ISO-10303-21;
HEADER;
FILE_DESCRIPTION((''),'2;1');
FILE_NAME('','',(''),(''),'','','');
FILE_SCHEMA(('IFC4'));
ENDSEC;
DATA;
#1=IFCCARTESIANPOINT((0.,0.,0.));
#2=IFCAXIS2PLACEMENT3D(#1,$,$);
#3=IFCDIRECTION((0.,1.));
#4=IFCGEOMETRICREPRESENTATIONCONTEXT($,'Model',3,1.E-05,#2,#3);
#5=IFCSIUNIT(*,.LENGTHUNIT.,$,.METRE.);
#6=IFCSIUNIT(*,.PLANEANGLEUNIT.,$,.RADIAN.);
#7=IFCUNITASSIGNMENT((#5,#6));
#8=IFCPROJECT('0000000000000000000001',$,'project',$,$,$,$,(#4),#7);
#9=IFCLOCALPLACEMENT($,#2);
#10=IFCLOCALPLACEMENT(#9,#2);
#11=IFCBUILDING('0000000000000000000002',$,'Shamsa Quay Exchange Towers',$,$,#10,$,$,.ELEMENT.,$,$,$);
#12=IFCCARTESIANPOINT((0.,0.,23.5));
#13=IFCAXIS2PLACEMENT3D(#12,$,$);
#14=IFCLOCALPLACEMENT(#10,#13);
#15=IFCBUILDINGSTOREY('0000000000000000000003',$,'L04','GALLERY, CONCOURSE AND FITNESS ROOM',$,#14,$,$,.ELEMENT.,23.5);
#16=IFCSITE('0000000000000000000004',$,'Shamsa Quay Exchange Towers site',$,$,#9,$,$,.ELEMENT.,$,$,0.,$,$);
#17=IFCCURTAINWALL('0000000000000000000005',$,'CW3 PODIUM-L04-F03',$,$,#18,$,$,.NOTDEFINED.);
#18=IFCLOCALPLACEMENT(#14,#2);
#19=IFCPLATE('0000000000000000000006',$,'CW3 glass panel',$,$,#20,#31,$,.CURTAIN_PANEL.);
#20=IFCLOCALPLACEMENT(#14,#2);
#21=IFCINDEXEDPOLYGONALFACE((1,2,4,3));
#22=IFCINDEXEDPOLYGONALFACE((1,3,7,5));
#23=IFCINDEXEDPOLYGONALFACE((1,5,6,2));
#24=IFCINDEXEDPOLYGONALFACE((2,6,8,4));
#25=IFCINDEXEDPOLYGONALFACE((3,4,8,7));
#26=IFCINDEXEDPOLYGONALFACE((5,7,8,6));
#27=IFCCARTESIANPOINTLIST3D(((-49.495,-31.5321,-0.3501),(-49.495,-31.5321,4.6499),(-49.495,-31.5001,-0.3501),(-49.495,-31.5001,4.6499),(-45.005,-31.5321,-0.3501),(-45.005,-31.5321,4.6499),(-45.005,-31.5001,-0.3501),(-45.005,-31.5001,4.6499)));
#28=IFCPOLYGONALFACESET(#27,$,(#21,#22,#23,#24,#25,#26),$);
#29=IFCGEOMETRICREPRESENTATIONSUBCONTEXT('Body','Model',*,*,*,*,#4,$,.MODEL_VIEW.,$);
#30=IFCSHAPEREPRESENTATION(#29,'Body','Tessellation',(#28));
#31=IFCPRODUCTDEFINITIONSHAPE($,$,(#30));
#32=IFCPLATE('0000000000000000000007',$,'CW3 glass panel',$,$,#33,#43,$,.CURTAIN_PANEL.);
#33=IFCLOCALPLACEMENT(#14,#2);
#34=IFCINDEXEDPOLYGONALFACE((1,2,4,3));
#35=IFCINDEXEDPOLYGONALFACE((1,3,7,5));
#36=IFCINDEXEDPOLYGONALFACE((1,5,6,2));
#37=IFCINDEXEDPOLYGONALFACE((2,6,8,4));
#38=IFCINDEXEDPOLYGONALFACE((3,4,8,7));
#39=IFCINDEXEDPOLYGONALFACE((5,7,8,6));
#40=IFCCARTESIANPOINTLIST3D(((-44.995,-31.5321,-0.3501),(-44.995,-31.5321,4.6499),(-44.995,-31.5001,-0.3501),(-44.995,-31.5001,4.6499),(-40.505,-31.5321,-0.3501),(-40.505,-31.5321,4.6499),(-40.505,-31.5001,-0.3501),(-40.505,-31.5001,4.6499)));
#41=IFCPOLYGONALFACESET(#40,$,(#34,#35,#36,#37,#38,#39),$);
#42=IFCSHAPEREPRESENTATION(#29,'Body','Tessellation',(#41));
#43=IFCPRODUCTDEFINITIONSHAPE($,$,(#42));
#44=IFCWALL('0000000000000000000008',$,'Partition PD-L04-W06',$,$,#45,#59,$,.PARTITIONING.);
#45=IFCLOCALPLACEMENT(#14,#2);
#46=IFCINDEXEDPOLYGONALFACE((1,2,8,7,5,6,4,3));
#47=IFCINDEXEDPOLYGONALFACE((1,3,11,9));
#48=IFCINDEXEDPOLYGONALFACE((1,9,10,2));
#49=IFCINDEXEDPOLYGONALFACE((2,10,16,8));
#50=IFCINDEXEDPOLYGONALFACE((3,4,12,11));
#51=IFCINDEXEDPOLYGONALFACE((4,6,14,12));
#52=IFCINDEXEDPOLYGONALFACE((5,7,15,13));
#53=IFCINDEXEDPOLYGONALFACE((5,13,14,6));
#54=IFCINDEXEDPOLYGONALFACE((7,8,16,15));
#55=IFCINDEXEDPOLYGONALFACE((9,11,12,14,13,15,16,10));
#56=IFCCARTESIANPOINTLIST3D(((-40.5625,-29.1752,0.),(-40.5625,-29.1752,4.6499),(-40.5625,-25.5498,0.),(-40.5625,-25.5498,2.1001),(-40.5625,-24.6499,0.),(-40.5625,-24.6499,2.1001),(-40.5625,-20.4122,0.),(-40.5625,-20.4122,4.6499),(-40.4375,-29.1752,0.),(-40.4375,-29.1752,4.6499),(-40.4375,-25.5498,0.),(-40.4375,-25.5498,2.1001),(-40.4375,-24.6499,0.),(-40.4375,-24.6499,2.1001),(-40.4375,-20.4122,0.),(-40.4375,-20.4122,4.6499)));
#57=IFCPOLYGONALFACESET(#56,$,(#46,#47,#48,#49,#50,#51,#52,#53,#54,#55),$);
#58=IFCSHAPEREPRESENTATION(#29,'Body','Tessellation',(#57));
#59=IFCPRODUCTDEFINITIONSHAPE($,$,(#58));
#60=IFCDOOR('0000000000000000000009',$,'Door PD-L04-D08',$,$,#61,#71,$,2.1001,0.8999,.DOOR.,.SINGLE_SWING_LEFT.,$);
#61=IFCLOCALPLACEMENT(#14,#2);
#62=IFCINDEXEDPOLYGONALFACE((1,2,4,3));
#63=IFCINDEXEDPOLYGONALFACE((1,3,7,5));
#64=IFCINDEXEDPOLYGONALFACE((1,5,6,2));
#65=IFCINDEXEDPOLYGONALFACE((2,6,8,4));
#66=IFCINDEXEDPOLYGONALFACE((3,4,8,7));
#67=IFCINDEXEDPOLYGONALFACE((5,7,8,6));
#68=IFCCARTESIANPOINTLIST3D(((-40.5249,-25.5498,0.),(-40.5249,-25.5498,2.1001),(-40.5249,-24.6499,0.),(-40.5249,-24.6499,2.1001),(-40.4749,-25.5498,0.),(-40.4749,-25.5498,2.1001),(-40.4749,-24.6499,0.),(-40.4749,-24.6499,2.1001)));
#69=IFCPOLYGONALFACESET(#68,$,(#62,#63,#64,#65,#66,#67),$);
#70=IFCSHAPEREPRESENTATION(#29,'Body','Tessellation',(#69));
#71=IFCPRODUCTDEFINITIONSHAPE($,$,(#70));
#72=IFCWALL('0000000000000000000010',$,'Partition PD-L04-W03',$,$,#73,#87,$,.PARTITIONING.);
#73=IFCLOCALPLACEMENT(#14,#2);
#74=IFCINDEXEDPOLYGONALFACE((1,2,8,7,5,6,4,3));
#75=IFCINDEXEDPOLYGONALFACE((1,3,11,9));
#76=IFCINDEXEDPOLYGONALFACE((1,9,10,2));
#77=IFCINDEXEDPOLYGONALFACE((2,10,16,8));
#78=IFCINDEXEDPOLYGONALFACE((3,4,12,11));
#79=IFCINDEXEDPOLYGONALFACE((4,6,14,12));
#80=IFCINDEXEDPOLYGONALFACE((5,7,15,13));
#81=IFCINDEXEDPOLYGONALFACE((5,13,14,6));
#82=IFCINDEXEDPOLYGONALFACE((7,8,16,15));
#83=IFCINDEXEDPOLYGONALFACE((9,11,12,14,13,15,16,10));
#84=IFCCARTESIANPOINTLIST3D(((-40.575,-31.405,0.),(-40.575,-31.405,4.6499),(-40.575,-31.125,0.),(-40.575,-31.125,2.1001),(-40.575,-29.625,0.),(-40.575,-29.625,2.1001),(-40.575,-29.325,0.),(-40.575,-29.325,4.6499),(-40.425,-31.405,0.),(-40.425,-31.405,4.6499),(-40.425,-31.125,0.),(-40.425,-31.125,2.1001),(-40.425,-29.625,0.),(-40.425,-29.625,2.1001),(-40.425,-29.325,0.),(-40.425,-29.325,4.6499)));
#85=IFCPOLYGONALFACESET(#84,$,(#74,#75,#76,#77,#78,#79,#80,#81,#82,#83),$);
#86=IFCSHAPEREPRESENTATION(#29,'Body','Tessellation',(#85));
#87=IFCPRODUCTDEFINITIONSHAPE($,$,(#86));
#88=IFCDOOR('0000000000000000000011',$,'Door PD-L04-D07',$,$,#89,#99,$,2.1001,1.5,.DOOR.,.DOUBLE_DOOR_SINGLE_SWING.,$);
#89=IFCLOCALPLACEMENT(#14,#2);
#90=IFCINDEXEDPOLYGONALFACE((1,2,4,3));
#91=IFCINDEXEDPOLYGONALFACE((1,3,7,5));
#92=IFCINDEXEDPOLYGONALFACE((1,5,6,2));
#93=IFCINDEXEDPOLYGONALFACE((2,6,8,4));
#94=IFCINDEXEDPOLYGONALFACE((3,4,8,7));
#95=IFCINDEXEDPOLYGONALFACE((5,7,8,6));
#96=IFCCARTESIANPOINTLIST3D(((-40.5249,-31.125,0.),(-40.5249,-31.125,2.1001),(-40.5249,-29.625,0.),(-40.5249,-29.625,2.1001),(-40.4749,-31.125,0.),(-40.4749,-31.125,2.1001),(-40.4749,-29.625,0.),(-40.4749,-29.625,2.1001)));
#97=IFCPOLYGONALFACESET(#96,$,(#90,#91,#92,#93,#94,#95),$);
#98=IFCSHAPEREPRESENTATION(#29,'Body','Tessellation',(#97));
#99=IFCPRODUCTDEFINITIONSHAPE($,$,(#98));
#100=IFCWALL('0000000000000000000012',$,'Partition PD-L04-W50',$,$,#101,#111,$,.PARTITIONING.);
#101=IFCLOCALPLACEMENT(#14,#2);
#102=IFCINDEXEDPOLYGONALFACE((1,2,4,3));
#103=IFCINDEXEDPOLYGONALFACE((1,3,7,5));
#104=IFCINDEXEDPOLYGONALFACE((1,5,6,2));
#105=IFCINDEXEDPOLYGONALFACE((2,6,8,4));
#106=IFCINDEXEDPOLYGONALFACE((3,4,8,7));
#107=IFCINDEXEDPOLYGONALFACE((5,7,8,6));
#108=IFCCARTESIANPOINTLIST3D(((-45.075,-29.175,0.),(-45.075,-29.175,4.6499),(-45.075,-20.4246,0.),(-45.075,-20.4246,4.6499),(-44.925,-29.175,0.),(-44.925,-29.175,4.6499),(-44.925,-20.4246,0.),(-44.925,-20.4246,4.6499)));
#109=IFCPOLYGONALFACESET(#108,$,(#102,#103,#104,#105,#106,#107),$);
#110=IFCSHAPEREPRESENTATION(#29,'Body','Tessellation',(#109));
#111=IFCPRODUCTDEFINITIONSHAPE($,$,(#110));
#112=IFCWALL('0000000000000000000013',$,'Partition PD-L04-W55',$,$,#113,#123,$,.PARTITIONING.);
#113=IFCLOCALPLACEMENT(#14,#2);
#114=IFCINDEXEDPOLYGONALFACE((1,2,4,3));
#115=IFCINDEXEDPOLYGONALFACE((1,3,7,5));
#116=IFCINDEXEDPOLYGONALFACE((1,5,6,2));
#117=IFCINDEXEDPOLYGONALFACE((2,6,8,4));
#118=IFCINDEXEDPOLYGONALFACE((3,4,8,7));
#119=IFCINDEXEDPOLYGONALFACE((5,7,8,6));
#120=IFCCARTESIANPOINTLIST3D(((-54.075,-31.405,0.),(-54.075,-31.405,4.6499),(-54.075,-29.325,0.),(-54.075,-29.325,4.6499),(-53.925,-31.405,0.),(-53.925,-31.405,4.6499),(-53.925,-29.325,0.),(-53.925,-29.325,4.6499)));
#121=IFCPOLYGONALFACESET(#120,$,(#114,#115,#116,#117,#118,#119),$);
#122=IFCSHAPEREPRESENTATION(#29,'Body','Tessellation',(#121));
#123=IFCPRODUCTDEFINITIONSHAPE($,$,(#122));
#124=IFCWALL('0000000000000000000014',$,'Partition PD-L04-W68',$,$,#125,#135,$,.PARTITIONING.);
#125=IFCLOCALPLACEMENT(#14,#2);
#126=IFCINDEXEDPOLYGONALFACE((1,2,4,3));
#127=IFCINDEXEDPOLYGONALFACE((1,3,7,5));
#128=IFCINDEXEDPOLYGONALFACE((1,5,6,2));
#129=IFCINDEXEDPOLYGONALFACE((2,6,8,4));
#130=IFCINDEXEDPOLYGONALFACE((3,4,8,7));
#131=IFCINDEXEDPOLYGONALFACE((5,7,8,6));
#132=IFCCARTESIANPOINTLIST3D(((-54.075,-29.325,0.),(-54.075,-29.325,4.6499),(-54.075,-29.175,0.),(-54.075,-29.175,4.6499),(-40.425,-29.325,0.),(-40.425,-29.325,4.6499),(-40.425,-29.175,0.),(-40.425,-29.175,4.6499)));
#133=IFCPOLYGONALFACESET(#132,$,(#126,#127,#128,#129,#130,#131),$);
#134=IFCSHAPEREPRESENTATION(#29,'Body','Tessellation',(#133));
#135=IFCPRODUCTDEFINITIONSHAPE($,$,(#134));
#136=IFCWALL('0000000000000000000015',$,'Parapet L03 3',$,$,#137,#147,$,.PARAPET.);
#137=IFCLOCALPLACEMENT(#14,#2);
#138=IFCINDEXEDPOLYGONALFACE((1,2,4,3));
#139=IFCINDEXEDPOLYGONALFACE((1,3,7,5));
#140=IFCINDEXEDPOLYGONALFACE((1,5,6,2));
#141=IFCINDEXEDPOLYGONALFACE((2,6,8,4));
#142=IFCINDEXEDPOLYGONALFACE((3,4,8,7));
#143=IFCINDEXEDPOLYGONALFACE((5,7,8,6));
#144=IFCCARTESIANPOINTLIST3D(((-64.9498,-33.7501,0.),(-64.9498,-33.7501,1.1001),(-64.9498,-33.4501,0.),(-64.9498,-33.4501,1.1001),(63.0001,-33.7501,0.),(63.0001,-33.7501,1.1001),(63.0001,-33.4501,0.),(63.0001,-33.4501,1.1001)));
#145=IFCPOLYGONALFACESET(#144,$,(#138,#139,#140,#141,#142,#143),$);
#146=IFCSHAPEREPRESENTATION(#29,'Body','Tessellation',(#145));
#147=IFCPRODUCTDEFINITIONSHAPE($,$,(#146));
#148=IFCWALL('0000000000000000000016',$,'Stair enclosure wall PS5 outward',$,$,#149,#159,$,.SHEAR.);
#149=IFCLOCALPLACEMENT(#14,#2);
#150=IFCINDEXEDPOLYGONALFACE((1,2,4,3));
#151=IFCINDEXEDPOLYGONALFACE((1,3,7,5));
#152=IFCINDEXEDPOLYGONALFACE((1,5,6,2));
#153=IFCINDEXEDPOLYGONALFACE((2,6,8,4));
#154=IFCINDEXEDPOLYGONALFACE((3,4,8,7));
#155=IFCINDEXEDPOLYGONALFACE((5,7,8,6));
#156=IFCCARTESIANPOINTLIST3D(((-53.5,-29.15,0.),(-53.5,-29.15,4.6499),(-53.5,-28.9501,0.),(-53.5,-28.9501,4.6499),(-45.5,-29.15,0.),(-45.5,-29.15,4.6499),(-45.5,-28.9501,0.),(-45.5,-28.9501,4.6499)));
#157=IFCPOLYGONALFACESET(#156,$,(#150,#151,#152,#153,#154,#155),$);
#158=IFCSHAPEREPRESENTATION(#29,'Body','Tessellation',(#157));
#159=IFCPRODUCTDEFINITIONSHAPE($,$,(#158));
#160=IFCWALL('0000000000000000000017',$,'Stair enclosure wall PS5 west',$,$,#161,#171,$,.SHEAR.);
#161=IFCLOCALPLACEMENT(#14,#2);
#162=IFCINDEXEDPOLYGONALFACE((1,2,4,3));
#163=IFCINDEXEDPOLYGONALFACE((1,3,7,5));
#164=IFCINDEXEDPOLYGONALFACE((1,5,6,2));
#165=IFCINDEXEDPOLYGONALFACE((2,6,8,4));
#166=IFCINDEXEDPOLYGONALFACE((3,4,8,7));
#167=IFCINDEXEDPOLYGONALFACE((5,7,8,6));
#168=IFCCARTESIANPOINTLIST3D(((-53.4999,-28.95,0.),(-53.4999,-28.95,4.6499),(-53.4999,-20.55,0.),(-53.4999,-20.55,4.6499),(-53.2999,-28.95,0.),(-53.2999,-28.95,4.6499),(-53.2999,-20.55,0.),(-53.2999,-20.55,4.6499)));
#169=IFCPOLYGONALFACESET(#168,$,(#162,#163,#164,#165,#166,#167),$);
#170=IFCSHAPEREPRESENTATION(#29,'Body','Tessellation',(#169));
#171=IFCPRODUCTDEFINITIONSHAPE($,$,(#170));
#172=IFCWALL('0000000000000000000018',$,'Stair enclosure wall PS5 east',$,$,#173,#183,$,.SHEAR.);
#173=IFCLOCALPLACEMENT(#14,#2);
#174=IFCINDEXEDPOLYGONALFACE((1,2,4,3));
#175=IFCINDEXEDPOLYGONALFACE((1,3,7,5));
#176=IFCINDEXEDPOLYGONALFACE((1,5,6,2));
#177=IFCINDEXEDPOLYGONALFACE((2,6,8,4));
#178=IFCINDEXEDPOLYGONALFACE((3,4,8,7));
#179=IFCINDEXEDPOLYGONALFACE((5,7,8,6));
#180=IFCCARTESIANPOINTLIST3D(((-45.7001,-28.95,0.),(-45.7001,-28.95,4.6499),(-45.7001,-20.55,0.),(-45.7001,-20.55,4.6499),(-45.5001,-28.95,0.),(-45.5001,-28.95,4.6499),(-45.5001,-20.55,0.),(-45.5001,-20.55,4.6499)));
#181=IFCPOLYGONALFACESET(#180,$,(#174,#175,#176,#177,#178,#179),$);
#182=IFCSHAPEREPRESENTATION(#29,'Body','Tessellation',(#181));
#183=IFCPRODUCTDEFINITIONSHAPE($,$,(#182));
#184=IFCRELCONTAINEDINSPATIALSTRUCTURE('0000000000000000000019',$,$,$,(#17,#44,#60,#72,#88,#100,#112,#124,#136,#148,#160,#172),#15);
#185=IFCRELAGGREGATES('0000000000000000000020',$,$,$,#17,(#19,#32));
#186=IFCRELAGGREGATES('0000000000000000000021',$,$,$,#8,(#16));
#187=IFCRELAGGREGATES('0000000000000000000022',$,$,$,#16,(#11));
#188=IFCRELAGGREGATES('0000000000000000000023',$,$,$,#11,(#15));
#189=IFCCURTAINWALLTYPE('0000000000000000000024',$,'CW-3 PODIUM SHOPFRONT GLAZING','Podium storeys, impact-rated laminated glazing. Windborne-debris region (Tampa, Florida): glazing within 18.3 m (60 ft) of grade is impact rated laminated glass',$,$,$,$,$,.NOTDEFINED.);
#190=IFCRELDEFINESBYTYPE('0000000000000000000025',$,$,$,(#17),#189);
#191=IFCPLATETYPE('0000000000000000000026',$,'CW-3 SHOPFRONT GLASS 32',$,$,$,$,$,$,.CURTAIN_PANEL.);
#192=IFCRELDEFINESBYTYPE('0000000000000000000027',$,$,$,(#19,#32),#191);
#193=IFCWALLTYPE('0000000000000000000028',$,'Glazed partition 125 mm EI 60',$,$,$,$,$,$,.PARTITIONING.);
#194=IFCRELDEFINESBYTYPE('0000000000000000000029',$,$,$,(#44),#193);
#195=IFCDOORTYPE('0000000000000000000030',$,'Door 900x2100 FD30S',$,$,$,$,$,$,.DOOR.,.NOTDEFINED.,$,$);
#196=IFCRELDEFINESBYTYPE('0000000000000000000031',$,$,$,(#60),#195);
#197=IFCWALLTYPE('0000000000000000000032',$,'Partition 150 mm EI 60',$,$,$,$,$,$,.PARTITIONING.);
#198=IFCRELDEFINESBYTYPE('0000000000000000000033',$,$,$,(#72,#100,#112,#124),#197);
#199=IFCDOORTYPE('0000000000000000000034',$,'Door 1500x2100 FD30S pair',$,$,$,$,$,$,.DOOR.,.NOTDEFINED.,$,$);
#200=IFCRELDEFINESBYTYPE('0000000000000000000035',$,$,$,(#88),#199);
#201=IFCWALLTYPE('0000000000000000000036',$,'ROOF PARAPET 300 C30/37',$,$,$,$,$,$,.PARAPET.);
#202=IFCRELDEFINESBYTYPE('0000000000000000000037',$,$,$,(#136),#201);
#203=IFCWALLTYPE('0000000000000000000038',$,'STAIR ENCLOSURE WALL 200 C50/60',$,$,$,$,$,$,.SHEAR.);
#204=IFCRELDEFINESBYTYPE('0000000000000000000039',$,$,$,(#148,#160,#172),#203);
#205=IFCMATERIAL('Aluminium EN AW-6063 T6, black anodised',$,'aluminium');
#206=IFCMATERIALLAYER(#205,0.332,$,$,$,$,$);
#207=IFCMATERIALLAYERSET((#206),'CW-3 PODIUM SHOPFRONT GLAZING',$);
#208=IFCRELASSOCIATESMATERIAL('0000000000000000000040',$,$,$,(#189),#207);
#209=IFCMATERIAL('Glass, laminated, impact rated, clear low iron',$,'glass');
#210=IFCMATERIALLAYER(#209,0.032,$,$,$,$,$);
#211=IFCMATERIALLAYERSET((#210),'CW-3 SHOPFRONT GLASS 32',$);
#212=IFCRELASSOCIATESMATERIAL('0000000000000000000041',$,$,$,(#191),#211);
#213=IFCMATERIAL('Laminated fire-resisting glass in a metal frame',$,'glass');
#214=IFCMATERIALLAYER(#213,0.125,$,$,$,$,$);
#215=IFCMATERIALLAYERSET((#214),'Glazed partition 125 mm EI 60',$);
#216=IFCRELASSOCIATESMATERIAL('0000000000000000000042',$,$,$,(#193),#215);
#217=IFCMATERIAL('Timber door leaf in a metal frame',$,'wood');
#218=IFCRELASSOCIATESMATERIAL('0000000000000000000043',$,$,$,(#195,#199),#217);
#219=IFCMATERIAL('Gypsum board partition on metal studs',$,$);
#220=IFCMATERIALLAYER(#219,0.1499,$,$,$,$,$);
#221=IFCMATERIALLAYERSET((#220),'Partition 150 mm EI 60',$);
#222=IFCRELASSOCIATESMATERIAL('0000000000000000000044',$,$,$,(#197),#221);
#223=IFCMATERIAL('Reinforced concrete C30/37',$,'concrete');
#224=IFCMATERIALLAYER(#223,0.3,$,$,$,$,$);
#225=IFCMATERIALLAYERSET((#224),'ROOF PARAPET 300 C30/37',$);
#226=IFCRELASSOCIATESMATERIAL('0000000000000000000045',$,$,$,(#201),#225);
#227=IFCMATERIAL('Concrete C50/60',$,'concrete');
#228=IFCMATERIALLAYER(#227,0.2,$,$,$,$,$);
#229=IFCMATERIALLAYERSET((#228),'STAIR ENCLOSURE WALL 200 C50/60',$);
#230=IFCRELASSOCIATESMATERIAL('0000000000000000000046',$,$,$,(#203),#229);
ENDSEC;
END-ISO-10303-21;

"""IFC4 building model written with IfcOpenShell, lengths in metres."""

from ifc_helpers import new_model, si_unit, direction, frame, frame_2d, origin, origin_2d, place, context, subcontext, project, spatial, rectangle, extrude, material, layer, layer_set, type_object, element, fill, aggregate, save


model = new_model("IFC4")

# Units and contexts
model_context = context("Model", 3, precision=1e-05, world=origin(), true_north=direction((0.0, 1.0)))
body_context = subcontext(model_context, "Body", "Model", "MODEL_VIEW")
ifc_project = project(units=[si_unit("LENGTHUNIT", "METRE"), si_unit("PLANEANGLEUNIT", "RADIAN")], contexts=[model_context])

# Site, building, storey
site_placement = place(None, origin())
site = spatial("IfcSite", under=ifc_project, at=site_placement, Name="Shamsa Quay Exchange Towers site", CompositionType="ELEMENT", RefElevation=0.0)
building_placement = place(site_placement, origin())
building = spatial("IfcBuilding", under=site, at=building_placement, Name="Shamsa Quay Exchange Towers", CompositionType="ELEMENT")
storey_placement = place(building_placement, frame((0.0, 0.0, 23.5)))
storey = spatial("IfcBuildingStorey", under=building, at=storey_placement, Name="L04", Description="GALLERY, CONCOURSE AND FITNESS ROOM", CompositionType="ELEMENT", Elevation=23.5)

# Curtain wall
ifc_material_1 = material(Name="Aluminium EN AW-6063 T6, black anodised", Category="aluminium")
ifc_layer_1 = layer(ifc_material_1, 0.332)
ifc_layer_set_1 = layer_set([ifc_layer_1], Name="CW-3 PODIUM SHOPFRONT GLAZING")
curtain_wall_type = type_object("IfcCurtainWallType", Name="CW-3 PODIUM SHOPFRONT GLAZING", Description="Podium storeys, impact-rated laminated glazing. Windborne-debris region (Tampa, Florida): glazing within 18.3 m (60 ft) of grade is impact rated laminated glass", PredefinedType="NOTDEFINED", material=ifc_layer_set_1)
curtain_wall_1_placement = place(storey_placement, origin())
curtain_wall_1 = element("IfcCurtainWall", 1, at=curtain_wall_1_placement, inside=storey, type_object=curtain_wall_type, Name="CW3 PODIUM-L04-F03", PredefinedType="NOTDEFINED")

# Plates
ifc_material_2 = material(Name="Glass, laminated, impact rated, clear low iron", Category="glass")
ifc_layer_2 = layer(ifc_material_2, 0.032)
ifc_layer_set_2 = layer_set([ifc_layer_2], Name="CW-3 SHOPFRONT GLASS 32")
plate_type = type_object("IfcPlateType", Name="CW-3 SHOPFRONT GLASS 32", PredefinedType="CURTAIN_PANEL", material=ifc_layer_set_2)
plate_1_placement = place(storey_placement, frame((-47.25, -31.5161, -0.3501)))
plate_1 = element("IfcPlate", 2, at=plate_1_placement, type_object=plate_type, Name="CW3 glass panel", PredefinedType="CURTAIN_PANEL", context=body_context, shape_type="SweptSolid", body=[
    extrude(rectangle(XDim=4.49, YDim=0.032, at=origin_2d()), origin(), (0.0, 0.0, 1.0), 5.0),
])
plate_2_placement = place(storey_placement, frame((-42.75, -31.5161, -0.3501)))
plate_2 = element("IfcPlate", 3, at=plate_2_placement, type_object=plate_type, Name="CW3 glass panel", PredefinedType="CURTAIN_PANEL", context=body_context, shape_type="SweptSolid", body=[
    extrude(rectangle(XDim=4.49, YDim=0.032, at=origin_2d()), origin(), (0.0, 0.0, 1.0), 5.0),
])
aggregate(curtain_wall_1, [plate_1, plate_2])

# Walls, openings, doors
ifc_material_3 = material(Name="Laminated fire-resisting glass in a metal frame", Category="glass")
ifc_layer_3 = layer(ifc_material_3, 0.125)
ifc_layer_set_3 = layer_set([ifc_layer_3], Name="Glazed partition 125 mm EI 60")
wall_type_1 = type_object("IfcWallType", Name="Glazed partition 125 mm EI 60", PredefinedType="PARTITIONING", material=ifc_layer_set_3)
wall_1_placement = place(storey_placement, frame((-40.5, -29.175, 0.0), z_axis=(0.0, 0.0, 1.0), x_axis=(0.0, 1.0, 0.0)))
wall_1 = element("IfcWall", 4, at=wall_1_placement, inside=storey, type_object=wall_type_1, Name="Partition PD-L04-W06", PredefinedType="PARTITIONING", context=body_context, shape_type="SweptSolid", body=[
    extrude(rectangle(XDim=8.7629, YDim=0.125, at=frame_2d((4.3813, 0.0))), origin(), (0.0, 0.0, 1.0), 4.6499),
])
opening_1_placement = place(wall_1_placement, frame((3.6252, 0.0, 0.0)))
opening_1 = element("IfcOpeningElement", 5, at=opening_1_placement, cuts=wall_1, PredefinedType="OPENING", context=body_context, shape_type="SweptSolid", body=[
    extrude(rectangle(XDim=0.8999, YDim=2.1001, at=frame_2d((0.45, 1.05))), frame((0.0, 0.0725, 0.0), z_axis=(0.0, -1.0, 0.0), x_axis=(1.0, 0.0, 0.0)), (0.0, 0.0, 1.0), 0.145),
])
ifc_material_4 = material(Name="Timber door leaf in a metal frame", Category="wood")
door_type_1 = type_object("IfcDoorType", Name="Door 900x2100 FD30S", OperationType="NOTDEFINED", PredefinedType="DOOR", material=ifc_material_4)
door_1_placement = place(opening_1_placement, origin())
door_1 = element("IfcDoor", 6, at=door_1_placement, inside=storey, type_object=door_type_1, Name="Door PD-L04-D08", OperationType="SINGLE_SWING_LEFT", OverallHeight=2.1001, OverallWidth=0.8999, PredefinedType="DOOR", context=body_context, shape_type="SweptSolid", body=[
    extrude(rectangle(XDim=0.8999, YDim=2.1001, at=frame_2d((0.45, 1.05))), frame((0.0, 0.0249, 0.0), z_axis=(0.0, -1.0, 0.0), x_axis=(1.0, 0.0, 0.0)), (0.0, 0.0, 1.0), 0.05),
])
fill(opening_1, door_1)
ifc_material_5 = material(Name="Gypsum board partition on metal studs")
ifc_layer_4 = layer(ifc_material_5, 0.1499)
ifc_layer_set_4 = layer_set([ifc_layer_4], Name="Partition 150 mm EI 60")
wall_type_2 = type_object("IfcWallType", Name="Partition 150 mm EI 60", PredefinedType="PARTITIONING", material=ifc_layer_set_4)
wall_2_placement = place(storey_placement, frame((-40.5, -31.405, 0.0), z_axis=(0.0, 0.0, 1.0), x_axis=(0.0, 1.0, 0.0)))
wall_2 = element("IfcWall", 7, at=wall_2_placement, inside=storey, type_object=wall_type_2, Name="Partition PD-L04-W03", PredefinedType="PARTITIONING", context=body_context, shape_type="SweptSolid", body=[
    extrude(rectangle(XDim=2.0801, YDim=0.1499, at=frame_2d((1.04, 0.0))), origin(), (0.0, 0.0, 1.0), 4.6499),
])
opening_2_placement = place(wall_2_placement, frame((0.28, 0.0, 0.0)))
opening_2 = element("IfcOpeningElement", 8, at=opening_2_placement, cuts=wall_2, PredefinedType="OPENING", context=body_context, shape_type="SweptSolid", body=[
    extrude(rectangle(XDim=1.5, YDim=2.1001, at=frame_2d((0.75, 1.05))), frame((0.0, 0.085, 0.0), z_axis=(0.0, -1.0, 0.0), x_axis=(1.0, 0.0, 0.0)), (0.0, 0.0, 1.0), 0.1699),
])
door_type_2 = type_object("IfcDoorType", Name="Door 1500x2100 FD30S pair", OperationType="NOTDEFINED", PredefinedType="DOOR", material=ifc_material_4)
door_2_placement = place(opening_2_placement, origin())
door_2 = element("IfcDoor", 9, at=door_2_placement, inside=storey, type_object=door_type_2, Name="Door PD-L04-D07", OperationType="DOUBLE_DOOR_SINGLE_SWING", OverallHeight=2.1001, OverallWidth=1.5, PredefinedType="DOOR", context=body_context, shape_type="SweptSolid", body=[
    extrude(rectangle(XDim=1.5, YDim=2.1001, at=frame_2d((0.75, 1.05))), frame((0.0, 0.0249, 0.0), z_axis=(0.0, -1.0, 0.0), x_axis=(1.0, 0.0, 0.0)), (0.0, 0.0, 1.0), 0.05),
])
fill(opening_2, door_2)

# Walls
wall_3_placement = place(storey_placement, frame((-45.0, -29.175, 0.0), z_axis=(0.0, 0.0, 1.0), x_axis=(0.0, 1.0, 0.0)))
element("IfcWall", 10, at=wall_3_placement, inside=storey, type_object=wall_type_2, Name="Partition PD-L04-W50", PredefinedType="PARTITIONING", context=body_context, shape_type="SweptSolid", body=[
    extrude(rectangle(XDim=8.7505, YDim=0.1499, at=frame_2d((4.3752, 0.0))), origin(), (0.0, 0.0, 1.0), 4.6499),
])
wall_4_placement = place(storey_placement, frame((-54.0, -31.405, 0.0), z_axis=(0.0, 0.0, 1.0), x_axis=(0.0, 1.0, 0.0)))
element("IfcWall", 11, at=wall_4_placement, inside=storey, type_object=wall_type_2, Name="Partition PD-L04-W55", PredefinedType="PARTITIONING", context=body_context, shape_type="SweptSolid", body=[
    extrude(rectangle(XDim=2.0801, YDim=0.1499, at=frame_2d((1.04, 0.0))), origin(), (0.0, 0.0, 1.0), 4.6499),
])
wall_5_placement = place(storey_placement, frame((-54.075, -29.25, 0.0)))
element("IfcWall", 12, at=wall_5_placement, inside=storey, type_object=wall_type_2, Name="Partition PD-L04-W68", PredefinedType="PARTITIONING", context=body_context, shape_type="SweptSolid", body=[
    extrude(rectangle(XDim=13.6499, YDim=0.1499, at=frame_2d((6.825, 0.0))), origin(), (0.0, 0.0, 1.0), 4.6499),
])
ifc_material_6 = material(Name="Reinforced concrete C30/37", Category="concrete")
ifc_layer_5 = layer(ifc_material_6, 0.3)
ifc_layer_set_5 = layer_set([ifc_layer_5], Name="ROOF PARAPET 300 C30/37")
wall_type_3 = type_object("IfcWallType", Name="ROOF PARAPET 300 C30/37", PredefinedType="PARAPET", material=ifc_layer_set_5)
wall_6_placement = place(storey_placement, frame((-64.95, -33.6001, 0.0)))
element("IfcWall", 13, at=wall_6_placement, inside=storey, type_object=wall_type_3, Name="Parapet L03 3", PredefinedType="PARAPET", context=body_context, shape_type="SweptSolid", body=[
    extrude(rectangle(XDim=127.95, YDim=0.3, at=frame_2d((63.9751, 0.0))), origin(), (0.0, 0.0, 1.0), 1.1001),
])
ifc_material_7 = material(Name="Concrete C50/60", Category="concrete")
ifc_layer_6 = layer(ifc_material_7, 0.2)
ifc_layer_set_6 = layer_set([ifc_layer_6], Name="STAIR ENCLOSURE WALL 200 C50/60")
wall_type_4 = type_object("IfcWallType", Name="STAIR ENCLOSURE WALL 200 C50/60", PredefinedType="SHEAR", material=ifc_layer_set_6)
wall_7_placement = place(storey_placement, frame((-53.5, -29.05, 0.0)))
element("IfcWall", 14, at=wall_7_placement, inside=storey, type_object=wall_type_4, Name="Stair enclosure wall PS5 outward", PredefinedType="SHEAR", context=body_context, shape_type="SweptSolid", body=[
    extrude(rectangle(XDim=8.0, YDim=0.2, at=frame_2d((4.0, 0.0))), origin(), (0.0, 0.0, 1.0), 4.6499),
])
for number, where, z_axis, x_axis, name in (
    (15, (-53.3999, -28.95, 0.0), (0.0, 0.0, 1.0), (0.0, 1.0, 0.0), "Stair enclosure wall PS5 west"),
    (16, (-45.6001, -28.95, 0.0), (0.0, 0.0, 1.0), (0.0, 1.0, 0.0), "Stair enclosure wall PS5 east"),
):
    element("IfcWall", number, at=place(storey_placement, frame(where, z_axis=z_axis, x_axis=x_axis)), inside=storey, type_object=wall_type_4, Name=name, PredefinedType="SHEAR", context=body_context, shape_type="SweptSolid", body=[
        extrude(rectangle(XDim=8.3999, YDim=0.2, at=frame_2d((4.2, 0.0))), origin(), (0.0, 0.0, 1.0), 4.6499),
    ])

save(model, "model.ifc")
